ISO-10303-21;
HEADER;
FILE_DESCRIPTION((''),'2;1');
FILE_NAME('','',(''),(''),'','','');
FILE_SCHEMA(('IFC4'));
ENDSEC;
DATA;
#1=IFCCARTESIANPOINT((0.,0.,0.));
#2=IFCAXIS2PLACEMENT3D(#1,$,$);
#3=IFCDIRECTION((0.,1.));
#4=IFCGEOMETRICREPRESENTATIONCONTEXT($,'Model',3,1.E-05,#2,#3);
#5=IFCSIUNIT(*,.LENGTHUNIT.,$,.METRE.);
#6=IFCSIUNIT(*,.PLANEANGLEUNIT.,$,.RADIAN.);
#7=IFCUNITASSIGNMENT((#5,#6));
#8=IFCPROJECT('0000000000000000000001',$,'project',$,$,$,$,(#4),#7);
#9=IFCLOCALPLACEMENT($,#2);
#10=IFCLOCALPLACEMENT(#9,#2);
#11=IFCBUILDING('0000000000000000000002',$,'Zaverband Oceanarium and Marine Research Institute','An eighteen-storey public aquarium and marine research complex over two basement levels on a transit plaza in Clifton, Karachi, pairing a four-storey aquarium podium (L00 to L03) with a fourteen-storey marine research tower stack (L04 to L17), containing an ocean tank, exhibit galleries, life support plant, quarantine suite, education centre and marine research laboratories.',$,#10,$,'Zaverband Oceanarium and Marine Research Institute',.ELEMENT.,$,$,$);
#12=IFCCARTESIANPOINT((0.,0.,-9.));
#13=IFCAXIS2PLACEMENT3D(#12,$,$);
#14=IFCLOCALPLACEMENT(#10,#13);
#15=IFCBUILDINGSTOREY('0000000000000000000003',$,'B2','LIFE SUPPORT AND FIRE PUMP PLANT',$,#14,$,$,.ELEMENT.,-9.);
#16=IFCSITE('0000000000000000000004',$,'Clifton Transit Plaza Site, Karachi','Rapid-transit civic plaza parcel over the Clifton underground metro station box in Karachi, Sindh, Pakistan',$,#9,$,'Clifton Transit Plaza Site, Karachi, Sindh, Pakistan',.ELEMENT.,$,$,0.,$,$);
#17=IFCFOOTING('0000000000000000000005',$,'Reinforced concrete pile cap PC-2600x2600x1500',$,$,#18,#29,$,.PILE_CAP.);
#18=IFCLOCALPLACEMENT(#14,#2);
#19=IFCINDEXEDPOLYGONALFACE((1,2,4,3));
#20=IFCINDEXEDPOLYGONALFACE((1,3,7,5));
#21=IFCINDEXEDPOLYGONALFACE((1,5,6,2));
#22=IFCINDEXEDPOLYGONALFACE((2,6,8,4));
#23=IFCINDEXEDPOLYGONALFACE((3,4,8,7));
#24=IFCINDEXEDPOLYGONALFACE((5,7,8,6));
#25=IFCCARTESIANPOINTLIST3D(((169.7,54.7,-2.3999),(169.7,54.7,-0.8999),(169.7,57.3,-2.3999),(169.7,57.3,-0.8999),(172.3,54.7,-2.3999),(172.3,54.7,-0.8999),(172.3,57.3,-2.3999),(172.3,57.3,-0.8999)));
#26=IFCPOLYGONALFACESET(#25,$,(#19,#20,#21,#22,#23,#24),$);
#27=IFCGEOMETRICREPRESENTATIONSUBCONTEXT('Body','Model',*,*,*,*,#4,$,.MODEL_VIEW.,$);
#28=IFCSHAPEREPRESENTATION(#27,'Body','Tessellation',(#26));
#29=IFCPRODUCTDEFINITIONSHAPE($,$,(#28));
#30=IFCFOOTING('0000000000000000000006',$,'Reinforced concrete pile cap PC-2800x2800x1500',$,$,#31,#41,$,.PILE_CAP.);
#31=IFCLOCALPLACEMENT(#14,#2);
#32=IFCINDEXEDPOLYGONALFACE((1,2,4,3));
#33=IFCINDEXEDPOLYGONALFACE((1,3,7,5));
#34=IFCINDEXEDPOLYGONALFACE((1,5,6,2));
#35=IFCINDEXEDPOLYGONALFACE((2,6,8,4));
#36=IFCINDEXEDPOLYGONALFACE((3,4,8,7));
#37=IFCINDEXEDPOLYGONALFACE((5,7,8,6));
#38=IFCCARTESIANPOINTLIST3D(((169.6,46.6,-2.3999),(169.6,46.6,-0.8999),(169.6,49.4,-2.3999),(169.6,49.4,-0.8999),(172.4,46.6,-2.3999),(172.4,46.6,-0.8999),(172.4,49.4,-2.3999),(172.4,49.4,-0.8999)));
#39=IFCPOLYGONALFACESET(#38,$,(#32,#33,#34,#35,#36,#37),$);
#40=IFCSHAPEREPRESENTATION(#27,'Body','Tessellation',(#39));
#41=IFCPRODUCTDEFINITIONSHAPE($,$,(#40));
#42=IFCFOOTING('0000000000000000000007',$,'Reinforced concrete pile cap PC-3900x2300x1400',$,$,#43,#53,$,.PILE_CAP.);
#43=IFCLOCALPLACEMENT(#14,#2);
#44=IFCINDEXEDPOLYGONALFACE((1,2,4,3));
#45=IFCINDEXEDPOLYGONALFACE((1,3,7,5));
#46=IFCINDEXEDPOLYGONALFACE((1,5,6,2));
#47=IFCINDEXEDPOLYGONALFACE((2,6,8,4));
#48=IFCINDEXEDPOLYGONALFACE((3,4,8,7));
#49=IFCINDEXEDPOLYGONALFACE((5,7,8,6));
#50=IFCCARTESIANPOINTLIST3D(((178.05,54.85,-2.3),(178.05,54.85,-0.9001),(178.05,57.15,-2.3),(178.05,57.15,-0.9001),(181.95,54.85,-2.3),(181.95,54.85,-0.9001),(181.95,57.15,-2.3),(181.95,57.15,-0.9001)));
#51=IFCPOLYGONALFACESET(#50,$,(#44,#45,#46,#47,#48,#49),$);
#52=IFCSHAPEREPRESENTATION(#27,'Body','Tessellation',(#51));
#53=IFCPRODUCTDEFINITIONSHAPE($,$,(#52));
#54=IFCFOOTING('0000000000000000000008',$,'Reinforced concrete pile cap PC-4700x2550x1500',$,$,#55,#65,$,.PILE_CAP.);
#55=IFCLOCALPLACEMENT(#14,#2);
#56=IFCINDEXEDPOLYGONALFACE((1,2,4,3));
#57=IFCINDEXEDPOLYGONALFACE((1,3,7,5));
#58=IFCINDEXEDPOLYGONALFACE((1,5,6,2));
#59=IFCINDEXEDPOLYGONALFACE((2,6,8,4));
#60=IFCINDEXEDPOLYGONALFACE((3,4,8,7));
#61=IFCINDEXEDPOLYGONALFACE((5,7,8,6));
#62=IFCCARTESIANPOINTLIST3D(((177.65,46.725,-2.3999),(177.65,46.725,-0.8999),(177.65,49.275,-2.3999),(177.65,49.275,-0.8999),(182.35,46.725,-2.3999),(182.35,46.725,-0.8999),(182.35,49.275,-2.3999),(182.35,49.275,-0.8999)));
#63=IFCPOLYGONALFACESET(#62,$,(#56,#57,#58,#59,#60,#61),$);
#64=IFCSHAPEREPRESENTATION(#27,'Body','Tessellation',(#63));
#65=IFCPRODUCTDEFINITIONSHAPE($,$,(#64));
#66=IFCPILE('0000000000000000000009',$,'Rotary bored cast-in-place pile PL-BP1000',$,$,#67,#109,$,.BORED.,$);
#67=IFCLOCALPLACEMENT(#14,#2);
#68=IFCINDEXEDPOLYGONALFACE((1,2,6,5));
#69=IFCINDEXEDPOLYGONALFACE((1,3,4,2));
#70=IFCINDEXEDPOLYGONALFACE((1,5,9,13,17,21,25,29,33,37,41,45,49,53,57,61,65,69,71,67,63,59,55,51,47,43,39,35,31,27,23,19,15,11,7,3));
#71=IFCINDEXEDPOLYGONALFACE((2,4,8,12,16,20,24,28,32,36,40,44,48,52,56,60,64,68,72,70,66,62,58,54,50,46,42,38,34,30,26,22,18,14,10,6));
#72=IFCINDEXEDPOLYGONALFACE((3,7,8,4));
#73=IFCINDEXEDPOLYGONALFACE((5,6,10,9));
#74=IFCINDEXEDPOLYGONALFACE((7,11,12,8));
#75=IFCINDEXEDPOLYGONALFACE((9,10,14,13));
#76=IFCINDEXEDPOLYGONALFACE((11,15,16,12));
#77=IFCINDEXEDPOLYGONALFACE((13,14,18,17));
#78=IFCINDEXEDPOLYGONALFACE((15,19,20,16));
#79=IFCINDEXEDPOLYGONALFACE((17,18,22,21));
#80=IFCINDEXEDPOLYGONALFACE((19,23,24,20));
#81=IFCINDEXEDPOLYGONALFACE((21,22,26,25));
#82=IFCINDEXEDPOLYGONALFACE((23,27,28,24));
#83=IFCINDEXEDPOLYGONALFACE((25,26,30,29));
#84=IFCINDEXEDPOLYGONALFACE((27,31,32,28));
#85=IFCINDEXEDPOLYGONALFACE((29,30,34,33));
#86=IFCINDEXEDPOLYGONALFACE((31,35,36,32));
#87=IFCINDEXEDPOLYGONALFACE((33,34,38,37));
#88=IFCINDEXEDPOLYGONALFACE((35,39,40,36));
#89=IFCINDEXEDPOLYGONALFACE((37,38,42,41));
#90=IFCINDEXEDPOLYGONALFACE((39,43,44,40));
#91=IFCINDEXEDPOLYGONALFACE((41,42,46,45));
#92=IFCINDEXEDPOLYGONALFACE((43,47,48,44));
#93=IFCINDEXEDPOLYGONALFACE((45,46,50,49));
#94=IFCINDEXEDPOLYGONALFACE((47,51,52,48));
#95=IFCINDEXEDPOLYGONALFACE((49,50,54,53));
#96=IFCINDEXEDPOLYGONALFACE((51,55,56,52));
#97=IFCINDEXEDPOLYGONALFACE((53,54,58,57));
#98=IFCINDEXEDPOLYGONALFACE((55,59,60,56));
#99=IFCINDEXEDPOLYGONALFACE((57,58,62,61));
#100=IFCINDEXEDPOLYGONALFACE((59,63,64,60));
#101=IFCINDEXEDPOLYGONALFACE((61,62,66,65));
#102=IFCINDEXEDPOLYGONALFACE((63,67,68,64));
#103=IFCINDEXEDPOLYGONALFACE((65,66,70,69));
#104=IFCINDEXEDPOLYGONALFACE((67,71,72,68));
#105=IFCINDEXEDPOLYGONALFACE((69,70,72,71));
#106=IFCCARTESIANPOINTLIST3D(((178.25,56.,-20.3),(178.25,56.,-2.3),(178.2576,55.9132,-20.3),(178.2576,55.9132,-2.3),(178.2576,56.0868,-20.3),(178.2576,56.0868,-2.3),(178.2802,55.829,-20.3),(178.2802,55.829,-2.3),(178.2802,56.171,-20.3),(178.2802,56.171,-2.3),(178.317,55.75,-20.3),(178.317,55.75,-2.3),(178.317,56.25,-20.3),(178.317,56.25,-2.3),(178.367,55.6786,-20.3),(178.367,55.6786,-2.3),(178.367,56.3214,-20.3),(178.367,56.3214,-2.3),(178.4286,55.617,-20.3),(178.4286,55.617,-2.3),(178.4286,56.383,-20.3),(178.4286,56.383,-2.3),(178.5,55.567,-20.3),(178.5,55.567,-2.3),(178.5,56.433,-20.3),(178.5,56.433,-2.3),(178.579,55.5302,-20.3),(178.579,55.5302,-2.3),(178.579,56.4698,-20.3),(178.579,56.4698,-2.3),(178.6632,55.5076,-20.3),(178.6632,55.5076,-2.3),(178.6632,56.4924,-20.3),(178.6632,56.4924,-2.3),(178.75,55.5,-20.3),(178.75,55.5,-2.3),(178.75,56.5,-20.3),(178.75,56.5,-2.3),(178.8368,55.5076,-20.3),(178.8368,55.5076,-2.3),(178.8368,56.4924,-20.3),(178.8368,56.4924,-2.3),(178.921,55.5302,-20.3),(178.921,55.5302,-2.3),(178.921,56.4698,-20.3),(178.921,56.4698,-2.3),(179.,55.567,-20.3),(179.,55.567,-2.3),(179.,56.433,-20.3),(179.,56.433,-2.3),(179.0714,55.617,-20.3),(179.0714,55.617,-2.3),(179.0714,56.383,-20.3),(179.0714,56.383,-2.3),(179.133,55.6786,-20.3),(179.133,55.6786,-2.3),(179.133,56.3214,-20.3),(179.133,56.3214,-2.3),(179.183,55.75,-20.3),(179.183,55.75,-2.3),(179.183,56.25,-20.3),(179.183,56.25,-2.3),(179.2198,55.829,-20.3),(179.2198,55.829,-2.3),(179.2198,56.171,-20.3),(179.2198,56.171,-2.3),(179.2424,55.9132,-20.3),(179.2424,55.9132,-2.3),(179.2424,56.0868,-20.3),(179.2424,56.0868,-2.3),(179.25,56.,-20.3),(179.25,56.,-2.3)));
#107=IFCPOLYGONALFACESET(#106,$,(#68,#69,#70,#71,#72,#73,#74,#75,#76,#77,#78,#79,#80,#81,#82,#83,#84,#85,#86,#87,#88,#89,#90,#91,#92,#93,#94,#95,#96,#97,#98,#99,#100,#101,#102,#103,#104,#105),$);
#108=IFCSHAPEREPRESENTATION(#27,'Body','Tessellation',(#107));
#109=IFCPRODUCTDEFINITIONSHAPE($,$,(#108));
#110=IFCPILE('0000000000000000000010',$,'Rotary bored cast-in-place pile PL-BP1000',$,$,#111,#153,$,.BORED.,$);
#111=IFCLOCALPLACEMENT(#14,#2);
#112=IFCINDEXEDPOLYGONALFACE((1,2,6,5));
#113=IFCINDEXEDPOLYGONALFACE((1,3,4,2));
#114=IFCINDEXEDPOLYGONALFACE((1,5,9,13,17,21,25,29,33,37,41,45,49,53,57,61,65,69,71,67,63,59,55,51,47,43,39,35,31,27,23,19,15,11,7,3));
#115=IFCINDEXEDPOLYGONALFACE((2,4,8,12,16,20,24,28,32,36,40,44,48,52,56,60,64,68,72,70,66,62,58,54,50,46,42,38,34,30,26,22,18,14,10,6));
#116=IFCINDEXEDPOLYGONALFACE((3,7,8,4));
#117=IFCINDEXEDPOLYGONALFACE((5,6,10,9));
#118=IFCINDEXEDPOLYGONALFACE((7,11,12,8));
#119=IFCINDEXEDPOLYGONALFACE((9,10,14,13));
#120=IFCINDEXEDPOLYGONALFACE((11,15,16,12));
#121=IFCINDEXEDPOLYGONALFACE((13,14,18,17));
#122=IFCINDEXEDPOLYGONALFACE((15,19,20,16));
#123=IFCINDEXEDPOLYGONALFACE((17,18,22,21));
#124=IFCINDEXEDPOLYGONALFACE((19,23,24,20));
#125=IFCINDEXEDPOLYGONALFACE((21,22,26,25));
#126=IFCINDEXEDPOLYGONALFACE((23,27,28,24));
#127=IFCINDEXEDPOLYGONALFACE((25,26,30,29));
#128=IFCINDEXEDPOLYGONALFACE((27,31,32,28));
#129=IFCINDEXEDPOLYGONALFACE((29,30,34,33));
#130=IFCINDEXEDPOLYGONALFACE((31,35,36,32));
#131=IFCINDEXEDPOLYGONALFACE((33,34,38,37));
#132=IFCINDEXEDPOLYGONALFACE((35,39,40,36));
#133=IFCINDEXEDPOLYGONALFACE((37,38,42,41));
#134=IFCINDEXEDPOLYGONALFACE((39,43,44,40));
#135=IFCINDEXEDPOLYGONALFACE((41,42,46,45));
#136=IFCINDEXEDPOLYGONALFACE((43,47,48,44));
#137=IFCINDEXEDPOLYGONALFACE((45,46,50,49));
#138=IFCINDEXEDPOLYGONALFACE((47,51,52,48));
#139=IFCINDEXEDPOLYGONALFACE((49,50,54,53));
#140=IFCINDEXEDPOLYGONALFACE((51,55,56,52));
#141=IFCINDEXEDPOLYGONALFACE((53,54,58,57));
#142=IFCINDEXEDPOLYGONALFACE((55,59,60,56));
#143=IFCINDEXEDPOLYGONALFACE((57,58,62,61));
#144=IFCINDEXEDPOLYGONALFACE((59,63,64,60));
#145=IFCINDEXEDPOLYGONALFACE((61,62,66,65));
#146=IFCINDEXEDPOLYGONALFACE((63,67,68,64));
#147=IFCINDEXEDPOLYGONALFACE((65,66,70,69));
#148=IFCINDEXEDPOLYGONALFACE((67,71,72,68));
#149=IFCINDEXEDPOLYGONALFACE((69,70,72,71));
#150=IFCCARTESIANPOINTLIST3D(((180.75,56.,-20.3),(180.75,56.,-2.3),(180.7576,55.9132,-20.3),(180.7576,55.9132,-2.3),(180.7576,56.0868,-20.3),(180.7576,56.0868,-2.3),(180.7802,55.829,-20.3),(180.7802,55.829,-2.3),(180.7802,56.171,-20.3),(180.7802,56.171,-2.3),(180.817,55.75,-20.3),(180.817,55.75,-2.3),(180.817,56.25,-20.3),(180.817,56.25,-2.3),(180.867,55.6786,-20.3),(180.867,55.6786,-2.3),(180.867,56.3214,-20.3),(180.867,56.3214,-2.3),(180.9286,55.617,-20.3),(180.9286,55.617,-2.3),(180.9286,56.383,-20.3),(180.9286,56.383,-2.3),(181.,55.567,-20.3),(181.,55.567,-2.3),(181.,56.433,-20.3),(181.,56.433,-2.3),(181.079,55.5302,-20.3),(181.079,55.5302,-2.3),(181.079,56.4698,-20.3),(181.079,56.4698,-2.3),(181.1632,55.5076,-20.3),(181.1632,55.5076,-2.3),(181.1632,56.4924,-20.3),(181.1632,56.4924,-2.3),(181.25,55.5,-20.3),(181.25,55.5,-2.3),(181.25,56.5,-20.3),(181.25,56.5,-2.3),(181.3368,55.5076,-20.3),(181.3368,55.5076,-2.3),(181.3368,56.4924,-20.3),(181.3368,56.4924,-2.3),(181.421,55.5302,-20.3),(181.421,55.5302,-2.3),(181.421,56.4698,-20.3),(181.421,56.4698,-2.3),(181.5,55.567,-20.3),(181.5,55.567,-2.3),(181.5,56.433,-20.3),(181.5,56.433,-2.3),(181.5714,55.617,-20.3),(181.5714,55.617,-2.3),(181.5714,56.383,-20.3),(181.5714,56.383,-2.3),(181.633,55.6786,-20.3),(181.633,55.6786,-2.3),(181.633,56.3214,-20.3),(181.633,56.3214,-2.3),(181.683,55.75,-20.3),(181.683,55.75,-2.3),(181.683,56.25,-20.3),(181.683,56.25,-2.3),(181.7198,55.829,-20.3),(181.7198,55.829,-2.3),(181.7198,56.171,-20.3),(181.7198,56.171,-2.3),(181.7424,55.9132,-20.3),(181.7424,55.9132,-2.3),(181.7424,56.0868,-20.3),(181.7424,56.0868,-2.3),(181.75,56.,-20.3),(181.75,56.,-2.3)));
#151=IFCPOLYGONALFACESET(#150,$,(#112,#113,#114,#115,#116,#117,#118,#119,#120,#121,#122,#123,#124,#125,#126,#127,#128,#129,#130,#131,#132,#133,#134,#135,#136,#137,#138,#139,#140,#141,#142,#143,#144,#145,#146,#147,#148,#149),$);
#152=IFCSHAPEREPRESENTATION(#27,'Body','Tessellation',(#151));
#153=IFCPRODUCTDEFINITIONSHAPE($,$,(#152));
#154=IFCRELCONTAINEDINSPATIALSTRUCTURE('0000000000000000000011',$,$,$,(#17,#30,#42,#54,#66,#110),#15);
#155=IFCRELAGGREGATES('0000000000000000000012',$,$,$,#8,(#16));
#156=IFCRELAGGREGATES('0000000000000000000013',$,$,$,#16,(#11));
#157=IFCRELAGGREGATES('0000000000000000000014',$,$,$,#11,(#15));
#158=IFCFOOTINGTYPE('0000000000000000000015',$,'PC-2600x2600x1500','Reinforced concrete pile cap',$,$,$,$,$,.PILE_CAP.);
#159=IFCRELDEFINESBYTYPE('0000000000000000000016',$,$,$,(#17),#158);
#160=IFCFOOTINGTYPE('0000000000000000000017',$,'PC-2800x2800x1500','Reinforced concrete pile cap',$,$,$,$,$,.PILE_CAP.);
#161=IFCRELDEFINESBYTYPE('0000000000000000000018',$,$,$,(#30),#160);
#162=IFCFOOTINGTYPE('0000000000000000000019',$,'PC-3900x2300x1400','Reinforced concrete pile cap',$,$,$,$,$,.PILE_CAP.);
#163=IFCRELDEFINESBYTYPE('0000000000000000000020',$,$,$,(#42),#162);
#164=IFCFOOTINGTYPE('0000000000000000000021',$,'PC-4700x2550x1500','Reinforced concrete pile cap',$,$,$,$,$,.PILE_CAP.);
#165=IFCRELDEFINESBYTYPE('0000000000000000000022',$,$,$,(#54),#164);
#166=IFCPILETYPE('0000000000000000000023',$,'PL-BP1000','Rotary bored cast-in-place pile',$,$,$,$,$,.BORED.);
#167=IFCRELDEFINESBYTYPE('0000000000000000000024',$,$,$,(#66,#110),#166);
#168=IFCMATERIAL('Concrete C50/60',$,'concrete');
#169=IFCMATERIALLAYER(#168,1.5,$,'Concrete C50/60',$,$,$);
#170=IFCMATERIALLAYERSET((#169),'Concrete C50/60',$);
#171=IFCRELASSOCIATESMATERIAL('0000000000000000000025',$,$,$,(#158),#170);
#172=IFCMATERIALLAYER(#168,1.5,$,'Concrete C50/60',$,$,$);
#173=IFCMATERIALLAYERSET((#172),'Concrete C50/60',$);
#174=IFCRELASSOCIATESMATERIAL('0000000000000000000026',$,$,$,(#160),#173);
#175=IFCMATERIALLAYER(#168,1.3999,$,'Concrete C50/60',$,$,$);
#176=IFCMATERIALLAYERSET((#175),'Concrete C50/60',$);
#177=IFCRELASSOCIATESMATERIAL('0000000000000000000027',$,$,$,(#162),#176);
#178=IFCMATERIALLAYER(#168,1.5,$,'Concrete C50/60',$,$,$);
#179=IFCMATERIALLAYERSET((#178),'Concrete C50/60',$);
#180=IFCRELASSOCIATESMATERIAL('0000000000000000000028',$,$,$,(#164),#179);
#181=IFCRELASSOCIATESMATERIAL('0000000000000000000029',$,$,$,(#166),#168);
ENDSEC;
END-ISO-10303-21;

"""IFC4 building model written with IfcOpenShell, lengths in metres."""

from ifc_helpers import new_model, si_unit, direction, frame, origin, origin_2d, place, context, subcontext, project, spatial, rectangle, circle, extrude, material, layer, layer_set, material_profile, profile_set, type_object, element, save


model = new_model("IFC4")

# Units and contexts
model_context = context("Model", 3, precision=1e-05, world=origin(), true_north=direction((0.0, 1.0)))
body_context = subcontext(model_context, "Body", "Model", "MODEL_VIEW")
ifc_project = project(units=[si_unit("LENGTHUNIT", "METRE"), si_unit("PLANEANGLEUNIT", "RADIAN")], contexts=[model_context])

# Site, building, storey
site_placement = place(None, origin())
site = spatial("IfcSite", under=ifc_project, at=site_placement, Name="Clifton Transit Plaza Site, Karachi", Description="Rapid-transit civic plaza parcel over the Clifton underground metro station box in Karachi, Sindh, Pakistan", LongName="Clifton Transit Plaza Site, Karachi, Sindh, Pakistan", CompositionType="ELEMENT", RefElevation=0.0)
building_placement = place(site_placement, origin())
building = spatial("IfcBuilding", under=site, at=building_placement, Name="Zaverband Oceanarium and Marine Research Institute", Description="An eighteen-storey public aquarium and marine research complex over two basement levels on a transit plaza in Clifton, Karachi, pairing a four-storey aquarium podium (L00 to L03) with a fourteen-storey marine research tower stack (L04 to L17), containing an ocean tank, exhibit galleries, life support plant, quarantine suite, education centre and marine research laboratories.", LongName="Zaverband Oceanarium and Marine Research Institute", CompositionType="ELEMENT")
storey_placement = place(building_placement, frame((0.0, 0.0, -9.0)))
storey = spatial("IfcBuildingStorey", under=building, at=storey_placement, Name="B2", Description="LIFE SUPPORT AND FIRE PUMP PLANT", CompositionType="ELEMENT", Elevation=-9.0)

# Footings
ifc_material_1 = material(Name="Concrete C50/60", Category="concrete")
ifc_layer_1 = layer(ifc_material_1, 1.5, Name="Concrete C50/60")
ifc_layer_set_1 = layer_set([ifc_layer_1], Name="Concrete C50/60")
footing_type_1 = type_object("IfcFootingType", Name="PC-2600x2600x1500", Description="Reinforced concrete pile cap", PredefinedType="PILE_CAP", material=ifc_layer_set_1)
footing_1_placement = place(storey_placement, frame((171.0, 56.0, -2.3999), z_axis=(0.0, 0.0, 1.0), x_axis=(1.0, 0.0, 0.0)))
element("IfcFooting", 1, at=footing_1_placement, inside=storey, type_object=footing_type_1, Name="Reinforced concrete pile cap PC-2600x2600x1500", PredefinedType="PILE_CAP", context=body_context, shape_type="SweptSolid", body=[
    extrude(rectangle(XDim=2.6001, YDim=2.6001, at=origin_2d()), origin(), (0.0, 0.0, 1.0), 1.5),
])
ifc_layer_2 = layer(ifc_material_1, 1.5, Name="Concrete C50/60")
ifc_layer_set_2 = layer_set([ifc_layer_2], Name="Concrete C50/60")
footing_type_2 = type_object("IfcFootingType", Name="PC-2800x2800x1500", Description="Reinforced concrete pile cap", PredefinedType="PILE_CAP", material=ifc_layer_set_2)
footing_2_placement = place(storey_placement, frame((171.0, 48.0, -2.3999), z_axis=(0.0, 0.0, 1.0), x_axis=(1.0, 0.0, 0.0)))
element("IfcFooting", 2, at=footing_2_placement, inside=storey, type_object=footing_type_2, Name="Reinforced concrete pile cap PC-2800x2800x1500", PredefinedType="PILE_CAP", context=body_context, shape_type="SweptSolid", body=[
    extrude(rectangle(XDim=2.8, YDim=2.8, at=origin_2d()), origin(), (0.0, 0.0, 1.0), 1.5),
])
ifc_layer_3 = layer(ifc_material_1, 1.3999, Name="Concrete C50/60")
ifc_layer_set_3 = layer_set([ifc_layer_3], Name="Concrete C50/60")
footing_type_3 = type_object("IfcFootingType", Name="PC-3900x2300x1400", Description="Reinforced concrete pile cap", PredefinedType="PILE_CAP", material=ifc_layer_set_3)
footing_3_placement = place(storey_placement, frame((180.0, 56.0, -2.3), z_axis=(0.0, 0.0, 1.0), x_axis=(1.0, 0.0, 0.0)))
element("IfcFooting", 3, at=footing_3_placement, inside=storey, type_object=footing_type_3, Name="Reinforced concrete pile cap PC-3900x2300x1400", PredefinedType="PILE_CAP", context=body_context, shape_type="SweptSolid", body=[
    extrude(rectangle(XDim=3.8999, YDim=2.3, at=origin_2d()), origin(), (0.0, 0.0, 1.0), 1.3999),
])
ifc_layer_4 = layer(ifc_material_1, 1.5, Name="Concrete C50/60")
ifc_layer_set_4 = layer_set([ifc_layer_4], Name="Concrete C50/60")
footing_type_4 = type_object("IfcFootingType", Name="PC-4700x2550x1500", Description="Reinforced concrete pile cap", PredefinedType="PILE_CAP", material=ifc_layer_set_4)
footing_4_placement = place(storey_placement, frame((180.0, 48.0, -2.3999), z_axis=(0.0, 0.0, 1.0), x_axis=(1.0, 0.0, 0.0)))
element("IfcFooting", 4, at=footing_4_placement, inside=storey, type_object=footing_type_4, Name="Reinforced concrete pile cap PC-4700x2550x1500", PredefinedType="PILE_CAP", context=body_context, shape_type="SweptSolid", body=[
    extrude(rectangle(XDim=4.7, YDim=2.55, at=origin_2d()), origin(), (0.0, 0.0, 1.0), 1.5),
])

# Piles
ifc_material_profile_1 = material_profile(ifc_material_1, circle(Radius=0.5, at=origin_2d()), Name="BP1000")
ifc_profile_set_1 = profile_set([ifc_material_profile_1], Name="Concrete C50/60")
pile_type_1 = type_object("IfcPileType", Name="PL-BP1000", Description="Rotary bored cast-in-place pile", PredefinedType="BORED", material=ifc_profile_set_1)
for number, where, z_axis, x_axis, name in (
    (5, (178.75, 56.0, -2.3), (0.0, 0.0, -1.0), (1.0, 0.0, 0.0), "Rotary bored cast-in-place pile PL-BP1000"),
    (6, (181.25, 56.0, -2.3), (0.0, 0.0, -1.0), (1.0, 0.0, 0.0), "Rotary bored cast-in-place pile PL-BP1000"),
):
    element("IfcPile", number, at=place(storey_placement, frame(where, z_axis=z_axis, x_axis=x_axis)), inside=storey, type_object=pile_type_1, Name=name, PredefinedType="BORED", context=body_context, shape_type="SweptSolid", body=[
        extrude(circle(Radius=0.5, at=origin_2d()), origin(), (0.0, 0.0, 1.0), 18.0),
    ])

save(model, "model.ifc")
